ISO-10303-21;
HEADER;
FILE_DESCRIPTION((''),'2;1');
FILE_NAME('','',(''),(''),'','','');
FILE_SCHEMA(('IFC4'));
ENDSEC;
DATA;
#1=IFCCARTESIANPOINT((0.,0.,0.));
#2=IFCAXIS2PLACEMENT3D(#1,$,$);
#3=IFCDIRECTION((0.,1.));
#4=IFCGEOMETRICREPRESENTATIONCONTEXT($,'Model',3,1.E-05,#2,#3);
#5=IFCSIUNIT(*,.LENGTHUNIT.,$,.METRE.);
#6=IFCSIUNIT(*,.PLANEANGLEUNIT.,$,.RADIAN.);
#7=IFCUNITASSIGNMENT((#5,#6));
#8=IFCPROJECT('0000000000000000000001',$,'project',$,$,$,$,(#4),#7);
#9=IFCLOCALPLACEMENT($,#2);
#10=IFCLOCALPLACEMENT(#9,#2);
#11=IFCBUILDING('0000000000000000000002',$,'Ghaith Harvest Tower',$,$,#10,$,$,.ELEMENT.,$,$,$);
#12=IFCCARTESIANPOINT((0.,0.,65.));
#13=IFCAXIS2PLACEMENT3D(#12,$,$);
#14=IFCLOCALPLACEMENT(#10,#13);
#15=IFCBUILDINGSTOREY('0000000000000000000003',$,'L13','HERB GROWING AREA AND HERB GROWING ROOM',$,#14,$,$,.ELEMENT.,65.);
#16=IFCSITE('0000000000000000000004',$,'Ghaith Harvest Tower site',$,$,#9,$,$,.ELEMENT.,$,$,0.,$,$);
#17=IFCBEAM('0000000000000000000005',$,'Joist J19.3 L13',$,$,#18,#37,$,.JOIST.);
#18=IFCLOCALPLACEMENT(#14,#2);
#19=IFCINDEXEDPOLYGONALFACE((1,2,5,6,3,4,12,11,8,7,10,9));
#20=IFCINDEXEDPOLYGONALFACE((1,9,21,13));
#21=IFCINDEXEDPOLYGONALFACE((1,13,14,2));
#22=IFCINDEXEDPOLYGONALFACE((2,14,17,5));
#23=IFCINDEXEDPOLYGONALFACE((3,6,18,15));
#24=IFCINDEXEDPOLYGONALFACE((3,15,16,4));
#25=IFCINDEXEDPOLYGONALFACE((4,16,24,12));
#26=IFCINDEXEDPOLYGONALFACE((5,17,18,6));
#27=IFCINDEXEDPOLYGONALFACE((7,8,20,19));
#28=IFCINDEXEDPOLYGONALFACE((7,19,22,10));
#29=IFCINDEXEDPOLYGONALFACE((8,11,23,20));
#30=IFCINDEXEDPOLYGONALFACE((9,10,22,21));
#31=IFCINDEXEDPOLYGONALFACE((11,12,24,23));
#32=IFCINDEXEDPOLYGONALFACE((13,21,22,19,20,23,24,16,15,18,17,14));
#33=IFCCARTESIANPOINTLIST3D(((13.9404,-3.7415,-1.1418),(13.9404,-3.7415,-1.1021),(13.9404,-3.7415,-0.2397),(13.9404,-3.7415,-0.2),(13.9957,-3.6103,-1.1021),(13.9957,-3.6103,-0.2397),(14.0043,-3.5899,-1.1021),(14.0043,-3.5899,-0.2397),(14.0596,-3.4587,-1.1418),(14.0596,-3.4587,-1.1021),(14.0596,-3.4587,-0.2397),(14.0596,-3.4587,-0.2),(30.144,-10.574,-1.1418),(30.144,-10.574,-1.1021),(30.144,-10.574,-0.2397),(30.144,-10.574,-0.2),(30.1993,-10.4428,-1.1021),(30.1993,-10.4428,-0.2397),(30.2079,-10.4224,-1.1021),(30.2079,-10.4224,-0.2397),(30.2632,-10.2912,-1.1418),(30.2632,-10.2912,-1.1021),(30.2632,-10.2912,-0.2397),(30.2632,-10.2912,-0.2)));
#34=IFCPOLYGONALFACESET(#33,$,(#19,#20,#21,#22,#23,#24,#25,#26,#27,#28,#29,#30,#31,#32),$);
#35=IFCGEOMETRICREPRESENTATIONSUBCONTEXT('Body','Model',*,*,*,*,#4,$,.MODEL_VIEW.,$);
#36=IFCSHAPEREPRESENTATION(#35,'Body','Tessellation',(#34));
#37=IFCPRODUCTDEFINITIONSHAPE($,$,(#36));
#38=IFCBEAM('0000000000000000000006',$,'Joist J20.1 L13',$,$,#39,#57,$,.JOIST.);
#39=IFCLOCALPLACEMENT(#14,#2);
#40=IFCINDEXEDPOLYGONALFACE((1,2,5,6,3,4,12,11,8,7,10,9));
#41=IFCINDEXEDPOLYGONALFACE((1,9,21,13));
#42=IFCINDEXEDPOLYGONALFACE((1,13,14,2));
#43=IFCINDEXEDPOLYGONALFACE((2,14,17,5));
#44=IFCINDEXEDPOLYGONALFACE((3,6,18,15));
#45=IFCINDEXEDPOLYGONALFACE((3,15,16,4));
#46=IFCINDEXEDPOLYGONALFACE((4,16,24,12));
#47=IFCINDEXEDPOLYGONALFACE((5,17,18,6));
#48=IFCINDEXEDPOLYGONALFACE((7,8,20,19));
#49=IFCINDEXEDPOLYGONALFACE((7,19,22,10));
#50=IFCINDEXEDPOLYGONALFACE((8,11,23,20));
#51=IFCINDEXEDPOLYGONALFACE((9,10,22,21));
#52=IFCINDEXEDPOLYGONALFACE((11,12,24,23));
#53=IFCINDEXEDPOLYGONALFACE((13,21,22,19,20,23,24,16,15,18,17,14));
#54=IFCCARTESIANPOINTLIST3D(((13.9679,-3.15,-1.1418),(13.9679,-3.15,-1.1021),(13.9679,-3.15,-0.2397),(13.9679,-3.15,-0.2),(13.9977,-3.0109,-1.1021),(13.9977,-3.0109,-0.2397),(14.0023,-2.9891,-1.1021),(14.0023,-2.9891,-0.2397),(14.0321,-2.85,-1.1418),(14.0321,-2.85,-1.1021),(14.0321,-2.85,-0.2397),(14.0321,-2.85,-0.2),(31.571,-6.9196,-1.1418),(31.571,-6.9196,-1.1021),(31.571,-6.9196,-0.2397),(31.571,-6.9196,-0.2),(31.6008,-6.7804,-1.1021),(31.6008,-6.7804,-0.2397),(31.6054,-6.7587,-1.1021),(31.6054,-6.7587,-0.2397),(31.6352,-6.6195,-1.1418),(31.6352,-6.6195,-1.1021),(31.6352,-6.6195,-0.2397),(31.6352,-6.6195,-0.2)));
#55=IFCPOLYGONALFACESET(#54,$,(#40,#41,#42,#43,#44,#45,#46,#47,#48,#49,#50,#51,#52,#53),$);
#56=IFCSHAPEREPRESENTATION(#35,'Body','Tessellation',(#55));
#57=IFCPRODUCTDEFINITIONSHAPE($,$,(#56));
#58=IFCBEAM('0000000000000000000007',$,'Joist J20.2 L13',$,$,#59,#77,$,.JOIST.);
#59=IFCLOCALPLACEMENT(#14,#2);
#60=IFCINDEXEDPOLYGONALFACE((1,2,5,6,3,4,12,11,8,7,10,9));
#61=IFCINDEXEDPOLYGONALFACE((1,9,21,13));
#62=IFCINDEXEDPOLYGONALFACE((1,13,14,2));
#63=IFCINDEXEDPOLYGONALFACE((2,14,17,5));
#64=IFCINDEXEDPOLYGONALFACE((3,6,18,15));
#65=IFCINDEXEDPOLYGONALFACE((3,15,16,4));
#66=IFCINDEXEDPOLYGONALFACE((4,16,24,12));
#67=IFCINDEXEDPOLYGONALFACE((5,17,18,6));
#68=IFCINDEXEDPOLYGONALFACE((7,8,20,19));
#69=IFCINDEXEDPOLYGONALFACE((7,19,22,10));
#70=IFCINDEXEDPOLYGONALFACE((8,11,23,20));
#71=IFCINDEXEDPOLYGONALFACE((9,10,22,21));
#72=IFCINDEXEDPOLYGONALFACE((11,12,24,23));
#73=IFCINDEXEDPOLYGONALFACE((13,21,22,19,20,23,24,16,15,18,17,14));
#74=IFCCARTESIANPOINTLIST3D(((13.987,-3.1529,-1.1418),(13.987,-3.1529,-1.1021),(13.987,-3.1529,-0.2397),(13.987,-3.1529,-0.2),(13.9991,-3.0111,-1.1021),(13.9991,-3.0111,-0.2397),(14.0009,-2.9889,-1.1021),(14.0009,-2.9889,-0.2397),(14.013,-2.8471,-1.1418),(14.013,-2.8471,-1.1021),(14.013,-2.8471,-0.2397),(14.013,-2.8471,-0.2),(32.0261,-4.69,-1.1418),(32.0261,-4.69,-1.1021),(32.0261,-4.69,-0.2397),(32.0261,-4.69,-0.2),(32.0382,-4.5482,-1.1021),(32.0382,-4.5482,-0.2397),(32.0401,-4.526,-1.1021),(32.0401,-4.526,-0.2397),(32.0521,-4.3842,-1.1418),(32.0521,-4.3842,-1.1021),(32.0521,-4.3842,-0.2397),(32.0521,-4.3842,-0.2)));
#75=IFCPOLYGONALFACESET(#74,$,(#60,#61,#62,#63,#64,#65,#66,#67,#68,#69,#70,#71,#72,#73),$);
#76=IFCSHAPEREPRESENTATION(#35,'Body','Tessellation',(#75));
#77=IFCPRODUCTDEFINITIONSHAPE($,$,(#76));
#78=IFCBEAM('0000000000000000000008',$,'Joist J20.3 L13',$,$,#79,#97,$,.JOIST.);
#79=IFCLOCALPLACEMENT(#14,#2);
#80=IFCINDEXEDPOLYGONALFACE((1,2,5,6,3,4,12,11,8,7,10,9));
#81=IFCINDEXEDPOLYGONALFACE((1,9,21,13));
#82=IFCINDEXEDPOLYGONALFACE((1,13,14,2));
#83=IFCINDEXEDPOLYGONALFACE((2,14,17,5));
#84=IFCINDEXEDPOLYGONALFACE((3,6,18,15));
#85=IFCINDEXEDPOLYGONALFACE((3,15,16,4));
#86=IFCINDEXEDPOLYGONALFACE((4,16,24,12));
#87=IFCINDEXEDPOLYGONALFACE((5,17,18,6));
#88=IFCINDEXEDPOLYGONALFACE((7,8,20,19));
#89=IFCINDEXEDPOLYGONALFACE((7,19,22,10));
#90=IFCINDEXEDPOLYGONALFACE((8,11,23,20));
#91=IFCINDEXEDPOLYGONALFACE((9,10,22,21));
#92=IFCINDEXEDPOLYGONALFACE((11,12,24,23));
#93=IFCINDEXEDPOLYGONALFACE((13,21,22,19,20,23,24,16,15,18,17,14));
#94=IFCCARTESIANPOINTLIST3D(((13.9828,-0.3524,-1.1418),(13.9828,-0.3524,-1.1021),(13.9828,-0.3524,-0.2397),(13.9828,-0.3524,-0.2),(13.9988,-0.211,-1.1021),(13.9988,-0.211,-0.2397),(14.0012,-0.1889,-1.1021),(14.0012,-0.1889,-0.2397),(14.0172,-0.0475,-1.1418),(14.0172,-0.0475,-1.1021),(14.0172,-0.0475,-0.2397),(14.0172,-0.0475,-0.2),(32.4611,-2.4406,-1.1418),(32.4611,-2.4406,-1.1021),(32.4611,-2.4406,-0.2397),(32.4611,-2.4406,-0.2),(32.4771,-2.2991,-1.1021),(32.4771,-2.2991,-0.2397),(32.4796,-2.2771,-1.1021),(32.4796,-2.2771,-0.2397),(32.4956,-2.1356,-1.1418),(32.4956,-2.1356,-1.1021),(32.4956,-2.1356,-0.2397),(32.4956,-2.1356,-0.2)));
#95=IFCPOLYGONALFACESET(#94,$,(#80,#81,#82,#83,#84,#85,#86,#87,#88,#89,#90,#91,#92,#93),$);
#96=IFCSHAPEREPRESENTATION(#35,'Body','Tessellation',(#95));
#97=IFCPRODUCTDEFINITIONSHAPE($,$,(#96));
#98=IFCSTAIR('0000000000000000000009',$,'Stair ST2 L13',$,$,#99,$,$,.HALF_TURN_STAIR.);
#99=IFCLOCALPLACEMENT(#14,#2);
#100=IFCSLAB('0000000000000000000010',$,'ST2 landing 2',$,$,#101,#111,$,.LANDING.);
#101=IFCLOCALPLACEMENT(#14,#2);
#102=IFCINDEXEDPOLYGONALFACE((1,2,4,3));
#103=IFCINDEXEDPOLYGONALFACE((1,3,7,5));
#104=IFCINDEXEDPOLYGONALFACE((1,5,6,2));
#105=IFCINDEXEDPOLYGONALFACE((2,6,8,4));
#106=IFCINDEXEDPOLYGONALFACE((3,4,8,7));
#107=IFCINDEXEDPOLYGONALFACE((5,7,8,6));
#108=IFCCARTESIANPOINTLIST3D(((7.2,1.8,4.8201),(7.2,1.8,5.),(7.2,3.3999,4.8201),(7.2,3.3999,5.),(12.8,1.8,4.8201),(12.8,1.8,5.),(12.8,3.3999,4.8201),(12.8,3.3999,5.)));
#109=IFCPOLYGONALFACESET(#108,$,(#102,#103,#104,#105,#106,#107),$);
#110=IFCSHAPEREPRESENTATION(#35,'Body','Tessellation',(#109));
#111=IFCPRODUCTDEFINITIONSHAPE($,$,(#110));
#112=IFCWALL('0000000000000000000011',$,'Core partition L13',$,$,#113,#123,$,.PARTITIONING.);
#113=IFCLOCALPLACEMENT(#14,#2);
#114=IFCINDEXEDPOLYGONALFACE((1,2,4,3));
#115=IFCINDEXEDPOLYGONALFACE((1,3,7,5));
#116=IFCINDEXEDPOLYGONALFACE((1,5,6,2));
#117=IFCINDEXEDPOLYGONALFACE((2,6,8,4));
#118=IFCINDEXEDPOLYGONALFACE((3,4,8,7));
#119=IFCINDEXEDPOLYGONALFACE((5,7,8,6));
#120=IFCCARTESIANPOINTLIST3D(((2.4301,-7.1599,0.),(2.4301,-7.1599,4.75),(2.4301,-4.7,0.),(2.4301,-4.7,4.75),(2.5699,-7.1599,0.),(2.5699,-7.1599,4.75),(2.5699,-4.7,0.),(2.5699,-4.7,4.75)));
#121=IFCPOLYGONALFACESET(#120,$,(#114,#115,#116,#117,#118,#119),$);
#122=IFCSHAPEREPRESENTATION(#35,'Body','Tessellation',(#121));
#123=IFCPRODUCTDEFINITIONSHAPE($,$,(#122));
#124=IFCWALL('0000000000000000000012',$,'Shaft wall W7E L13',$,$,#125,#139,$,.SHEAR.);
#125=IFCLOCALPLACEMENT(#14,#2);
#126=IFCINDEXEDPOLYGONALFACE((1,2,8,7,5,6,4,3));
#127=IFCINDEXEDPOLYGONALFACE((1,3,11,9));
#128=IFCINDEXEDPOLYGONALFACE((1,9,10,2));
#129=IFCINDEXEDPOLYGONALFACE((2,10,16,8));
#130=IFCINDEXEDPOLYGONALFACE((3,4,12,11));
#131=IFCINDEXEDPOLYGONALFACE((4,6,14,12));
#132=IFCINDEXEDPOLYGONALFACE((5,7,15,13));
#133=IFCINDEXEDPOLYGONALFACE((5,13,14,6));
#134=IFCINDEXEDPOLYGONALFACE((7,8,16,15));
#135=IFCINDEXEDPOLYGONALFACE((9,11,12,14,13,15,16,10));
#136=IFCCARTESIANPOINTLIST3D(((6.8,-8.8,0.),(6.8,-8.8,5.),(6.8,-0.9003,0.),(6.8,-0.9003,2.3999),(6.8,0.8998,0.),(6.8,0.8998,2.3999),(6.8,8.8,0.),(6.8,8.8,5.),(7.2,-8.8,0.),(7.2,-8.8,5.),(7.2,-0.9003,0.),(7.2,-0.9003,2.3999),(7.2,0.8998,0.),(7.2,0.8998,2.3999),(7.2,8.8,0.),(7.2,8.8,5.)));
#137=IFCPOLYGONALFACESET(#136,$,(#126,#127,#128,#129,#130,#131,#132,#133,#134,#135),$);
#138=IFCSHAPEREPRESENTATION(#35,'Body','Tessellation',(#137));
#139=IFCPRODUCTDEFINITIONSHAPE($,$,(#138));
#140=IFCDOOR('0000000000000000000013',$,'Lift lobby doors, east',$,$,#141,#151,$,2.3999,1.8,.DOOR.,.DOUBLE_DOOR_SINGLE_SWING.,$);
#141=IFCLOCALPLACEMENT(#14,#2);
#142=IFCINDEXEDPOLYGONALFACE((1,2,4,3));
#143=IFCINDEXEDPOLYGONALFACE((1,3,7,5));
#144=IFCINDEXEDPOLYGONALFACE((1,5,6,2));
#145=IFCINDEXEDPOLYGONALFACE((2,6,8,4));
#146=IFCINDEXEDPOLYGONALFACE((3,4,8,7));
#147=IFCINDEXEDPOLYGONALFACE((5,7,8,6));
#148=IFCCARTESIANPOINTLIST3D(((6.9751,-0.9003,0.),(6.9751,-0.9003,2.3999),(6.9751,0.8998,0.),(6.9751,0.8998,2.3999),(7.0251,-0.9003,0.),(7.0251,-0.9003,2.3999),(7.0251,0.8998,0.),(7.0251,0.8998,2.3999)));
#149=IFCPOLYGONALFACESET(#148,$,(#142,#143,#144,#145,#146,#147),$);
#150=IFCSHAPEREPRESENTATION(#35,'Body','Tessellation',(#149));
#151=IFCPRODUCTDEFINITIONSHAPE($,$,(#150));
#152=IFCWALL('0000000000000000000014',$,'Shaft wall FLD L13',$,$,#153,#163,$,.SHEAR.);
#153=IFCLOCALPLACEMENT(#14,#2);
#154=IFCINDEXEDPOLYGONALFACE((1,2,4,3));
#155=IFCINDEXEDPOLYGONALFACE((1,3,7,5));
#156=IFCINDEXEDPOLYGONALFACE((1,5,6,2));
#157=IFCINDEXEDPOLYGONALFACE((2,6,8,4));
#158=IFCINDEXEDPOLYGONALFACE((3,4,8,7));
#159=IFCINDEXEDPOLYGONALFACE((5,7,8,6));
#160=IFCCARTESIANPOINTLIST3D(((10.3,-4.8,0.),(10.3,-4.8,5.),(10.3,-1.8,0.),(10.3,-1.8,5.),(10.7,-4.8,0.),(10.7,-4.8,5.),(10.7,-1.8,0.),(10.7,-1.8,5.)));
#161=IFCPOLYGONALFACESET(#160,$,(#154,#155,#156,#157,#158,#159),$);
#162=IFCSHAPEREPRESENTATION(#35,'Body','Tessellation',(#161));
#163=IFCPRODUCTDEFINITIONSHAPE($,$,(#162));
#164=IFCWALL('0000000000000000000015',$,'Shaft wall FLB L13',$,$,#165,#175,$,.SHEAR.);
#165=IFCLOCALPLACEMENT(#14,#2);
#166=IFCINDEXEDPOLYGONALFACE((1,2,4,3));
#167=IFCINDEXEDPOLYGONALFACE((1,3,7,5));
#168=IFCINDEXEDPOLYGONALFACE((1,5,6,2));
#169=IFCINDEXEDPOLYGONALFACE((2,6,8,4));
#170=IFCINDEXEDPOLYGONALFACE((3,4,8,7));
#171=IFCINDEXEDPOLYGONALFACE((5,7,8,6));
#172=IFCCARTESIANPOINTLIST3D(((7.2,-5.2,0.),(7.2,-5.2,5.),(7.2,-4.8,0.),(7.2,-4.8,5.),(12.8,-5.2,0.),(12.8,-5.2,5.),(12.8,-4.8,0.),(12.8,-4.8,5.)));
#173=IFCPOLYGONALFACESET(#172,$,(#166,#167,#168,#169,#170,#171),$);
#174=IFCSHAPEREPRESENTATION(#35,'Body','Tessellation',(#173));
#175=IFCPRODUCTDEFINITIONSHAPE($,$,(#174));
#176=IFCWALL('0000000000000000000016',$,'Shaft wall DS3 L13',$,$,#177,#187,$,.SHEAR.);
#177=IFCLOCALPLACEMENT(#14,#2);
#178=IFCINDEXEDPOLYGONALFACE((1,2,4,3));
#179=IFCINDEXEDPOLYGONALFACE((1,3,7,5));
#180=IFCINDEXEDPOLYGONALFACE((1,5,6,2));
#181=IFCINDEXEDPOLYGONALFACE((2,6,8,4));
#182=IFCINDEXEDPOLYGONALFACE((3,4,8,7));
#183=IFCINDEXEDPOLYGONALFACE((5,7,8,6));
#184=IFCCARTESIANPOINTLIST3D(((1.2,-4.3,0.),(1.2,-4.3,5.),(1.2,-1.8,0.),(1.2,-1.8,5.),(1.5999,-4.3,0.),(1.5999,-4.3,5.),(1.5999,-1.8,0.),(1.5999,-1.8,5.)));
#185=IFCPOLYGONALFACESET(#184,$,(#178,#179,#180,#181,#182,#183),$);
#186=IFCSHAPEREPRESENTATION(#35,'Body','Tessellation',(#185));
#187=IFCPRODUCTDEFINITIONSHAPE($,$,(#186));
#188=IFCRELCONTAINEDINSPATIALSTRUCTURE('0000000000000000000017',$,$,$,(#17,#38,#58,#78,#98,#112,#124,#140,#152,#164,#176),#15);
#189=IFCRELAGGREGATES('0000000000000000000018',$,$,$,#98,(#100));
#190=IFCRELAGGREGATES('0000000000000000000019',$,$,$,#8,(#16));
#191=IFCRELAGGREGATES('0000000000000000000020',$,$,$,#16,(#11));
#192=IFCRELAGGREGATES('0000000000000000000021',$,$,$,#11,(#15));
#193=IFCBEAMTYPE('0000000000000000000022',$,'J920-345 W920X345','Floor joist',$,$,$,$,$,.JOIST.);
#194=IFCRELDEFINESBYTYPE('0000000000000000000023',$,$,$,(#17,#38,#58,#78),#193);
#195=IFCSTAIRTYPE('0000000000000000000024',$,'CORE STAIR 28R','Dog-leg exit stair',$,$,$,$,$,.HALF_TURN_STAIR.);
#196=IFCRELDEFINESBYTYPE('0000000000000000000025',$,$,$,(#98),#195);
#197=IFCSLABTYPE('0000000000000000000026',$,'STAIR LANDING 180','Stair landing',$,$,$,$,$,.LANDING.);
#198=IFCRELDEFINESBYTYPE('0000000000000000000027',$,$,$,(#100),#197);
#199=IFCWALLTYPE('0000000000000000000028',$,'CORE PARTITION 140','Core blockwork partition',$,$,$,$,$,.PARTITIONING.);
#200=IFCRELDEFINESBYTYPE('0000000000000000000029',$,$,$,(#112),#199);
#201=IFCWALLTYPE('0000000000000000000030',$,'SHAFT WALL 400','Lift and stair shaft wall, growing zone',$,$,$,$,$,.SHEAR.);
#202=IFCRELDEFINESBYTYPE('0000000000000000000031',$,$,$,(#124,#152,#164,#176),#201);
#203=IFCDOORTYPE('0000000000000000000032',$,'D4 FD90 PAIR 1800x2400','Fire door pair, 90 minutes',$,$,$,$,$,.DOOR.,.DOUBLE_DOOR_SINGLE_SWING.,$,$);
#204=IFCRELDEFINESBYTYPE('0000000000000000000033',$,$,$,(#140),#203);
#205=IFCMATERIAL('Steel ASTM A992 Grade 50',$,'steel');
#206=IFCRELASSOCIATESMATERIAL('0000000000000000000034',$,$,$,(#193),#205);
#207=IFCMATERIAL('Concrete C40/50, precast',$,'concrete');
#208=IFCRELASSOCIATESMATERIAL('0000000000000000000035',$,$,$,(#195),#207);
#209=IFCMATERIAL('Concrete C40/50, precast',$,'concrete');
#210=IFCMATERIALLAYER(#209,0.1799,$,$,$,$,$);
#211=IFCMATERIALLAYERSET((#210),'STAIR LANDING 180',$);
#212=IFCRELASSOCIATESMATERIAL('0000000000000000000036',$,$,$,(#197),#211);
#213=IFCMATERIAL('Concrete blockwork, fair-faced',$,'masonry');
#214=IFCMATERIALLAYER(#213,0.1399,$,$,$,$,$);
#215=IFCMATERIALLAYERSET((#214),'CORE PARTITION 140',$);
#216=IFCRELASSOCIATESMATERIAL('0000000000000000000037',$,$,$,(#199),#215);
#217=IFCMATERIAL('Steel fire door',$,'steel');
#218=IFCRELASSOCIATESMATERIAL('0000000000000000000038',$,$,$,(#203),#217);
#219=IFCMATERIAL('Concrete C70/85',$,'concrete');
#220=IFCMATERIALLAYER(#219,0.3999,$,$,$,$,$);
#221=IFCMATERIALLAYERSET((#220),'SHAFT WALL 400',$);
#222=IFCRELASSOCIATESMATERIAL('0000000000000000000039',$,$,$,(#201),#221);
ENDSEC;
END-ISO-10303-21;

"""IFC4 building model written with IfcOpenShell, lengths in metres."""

from ifc_helpers import new_model, si_unit, direction, frame, frame_2d, origin, origin_2d, place, context, subcontext, project, spatial, polyline, rectangle, i_section, outline, extrude, material, layer, layer_set, material_profile, profile_set, type_object, element, fill, aggregate, save


model = new_model("IFC4")

# Units and contexts
model_context = context("Model", 3, precision=1e-05, world=origin(), true_north=direction((0.0, 1.0)))
body_context = subcontext(model_context, "Body", "Model", "MODEL_VIEW")
ifc_project = project(units=[si_unit("LENGTHUNIT", "METRE"), si_unit("PLANEANGLEUNIT", "RADIAN")], contexts=[model_context])

# Site, building, storey
site_placement = place(None, origin())
site = spatial("IfcSite", under=ifc_project, at=site_placement, Name="Ghaith Harvest Tower site", CompositionType="ELEMENT", RefElevation=0.0)
building_placement = place(site_placement, origin())
building = spatial("IfcBuilding", under=site, at=building_placement, Name="Ghaith Harvest Tower", CompositionType="ELEMENT")
storey_placement = place(building_placement, frame((0.0, 0.0, 65.0)))
storey = spatial("IfcBuildingStorey", under=building, at=storey_placement, Name="L13", Description="HERB GROWING AREA AND HERB GROWING ROOM", CompositionType="ELEMENT", Elevation=65.0)

# Beams
ifc_material_1 = material(Name="Steel ASTM A992 Grade 50", Category="steel")
ifc_material_profile_1 = material_profile(ifc_material_1, i_section(OverallWidth=0.3069, OverallDepth=0.9419, WebThickness=0.0222, FlangeThickness=0.0398, at=origin_2d()), Name="W920X345")
ifc_profile_set_1 = profile_set([ifc_material_profile_1], Name="Steel ASTM A992 Grade 50")
beam_type_1 = type_object("IfcBeamType", Name="J920-345 W920X345", Description="Floor joist", PredefinedType="JOIST", material=ifc_profile_set_1)
beam_1_placement = place(storey_placement, frame((14.0, -3.6001, -0.6709), z_axis=(0.921433, -0.388537, 0.0), x_axis=(0.388537, 0.921433, 0.0)))
element("IfcBeam", 1, at=beam_1_placement, inside=storey, type_object=beam_type_1, Name="Joist J19.3 L13", PredefinedType="JOIST", context=body_context, shape_type="SweptSolid", body=[
    extrude(i_section(OverallWidth=0.3069, OverallDepth=0.9419, WebThickness=0.0222, FlangeThickness=0.0398, at=origin_2d()), origin(), (0.0, 0.0, 1.0), 17.5852),
])
beam_2_placement = place(storey_placement, frame((14.0, -3.0, -0.6709), z_axis=(0.977831, -0.209394, 0.0), x_axis=(0.209394, 0.977831, 0.0)))
element("IfcBeam", 2, at=beam_2_placement, inside=storey, type_object=beam_type_1, Name="Joist J20.1 L13", PredefinedType="JOIST", context=body_context, shape_type="SweptSolid", body=[
    extrude(i_section(OverallWidth=0.3069, OverallDepth=0.9419, WebThickness=0.0222, FlangeThickness=0.0398, at=origin_2d()), origin(), (0.0, 0.0, 1.0), 18.0022),
])
beam_3_placement = place(storey_placement, frame((14.0, -3.0, -0.6709), z_axis=(0.996389, -0.084902, 0.0), x_axis=(0.084902, 0.996389, 0.0)))
element("IfcBeam", 3, at=beam_3_placement, inside=storey, type_object=beam_type_1, Name="Joist J20.2 L13", PredefinedType="JOIST", context=body_context, shape_type="SweptSolid", body=[
    extrude(i_section(OverallWidth=0.3069, OverallDepth=0.9419, WebThickness=0.0222, FlangeThickness=0.0398, at=origin_2d()), origin(), (0.0, 0.0, 1.0), 18.1045),
])
beam_4_placement = place(storey_placement, frame((14.0, -0.2, -0.6709), z_axis=(0.993675, -0.11229, 0.0), x_axis=(0.11229, 0.993675, 0.0)))
element("IfcBeam", 4, at=beam_4_placement, inside=storey, type_object=beam_type_1, Name="Joist J20.3 L13", PredefinedType="JOIST", context=body_context, shape_type="SweptSolid", body=[
    extrude(i_section(OverallWidth=0.3069, OverallDepth=0.9419, WebThickness=0.0222, FlangeThickness=0.0398, at=origin_2d()), origin(), (0.0, 0.0, 1.0), 18.5959),
])

# Stair, slab
ifc_material_2 = material(Name="Concrete C40/50, precast", Category="concrete")
stair_type = type_object("IfcStairType", Name="CORE STAIR 28R", Description="Dog-leg exit stair", PredefinedType="HALF_TURN_STAIR", material=ifc_material_2)
stair_placement = place(storey_placement, origin())
stair = element("IfcStair", 5, at=stair_placement, inside=storey, type_object=stair_type, Name="Stair ST2 L13", PredefinedType="HALF_TURN_STAIR")
ifc_material_3 = material(Name="Concrete C40/50, precast", Category="concrete")
ifc_layer_1 = layer(ifc_material_3, 0.1799)
ifc_layer_set_1 = layer_set([ifc_layer_1], Name="STAIR LANDING 180")
slab_type = type_object("IfcSlabType", Name="STAIR LANDING 180", Description="Stair landing", PredefinedType="LANDING", material=ifc_layer_set_1)
slab_placement = place(storey_placement, frame((0.0, 0.0, 4.8201)))
slab = element("IfcSlab", 6, at=slab_placement, type_object=slab_type, Name="ST2 landing 2", PredefinedType="LANDING", context=body_context, shape_type="SweptSolid", body=[
    extrude(outline(polyline([(12.8, 1.8), (12.8, 3.3999), (7.2, 3.3999), (7.2, 1.8), (12.8, 1.8)])), origin(), (0.0, 0.0, 1.0), 0.1799),
])
aggregate(stair, [slab])

# Wall
ifc_material_4 = material(Name="Concrete blockwork, fair-faced", Category="masonry")
ifc_layer_2 = layer(ifc_material_4, 0.1399)
ifc_layer_set_2 = layer_set([ifc_layer_2], Name="CORE PARTITION 140")
wall_type_1 = type_object("IfcWallType", Name="CORE PARTITION 140", Description="Core blockwork partition", PredefinedType="PARTITIONING", material=ifc_layer_set_2)
wall_1_placement = place(storey_placement, frame((2.5, -4.7, 0.0), z_axis=(0.0, 0.0, 1.0), x_axis=(0.0, -1.0, 0.0)))
element("IfcWall", 7, at=wall_1_placement, inside=storey, type_object=wall_type_1, Name="Core partition L13", PredefinedType="PARTITIONING", context=body_context, shape_type="SweptSolid", body=[
    extrude(rectangle(XDim=2.46, YDim=0.1399, at=frame_2d((1.23, 0.0))), origin(), (0.0, 0.0, 1.0), 4.75),
])

# Wall, opening, door
ifc_material_5 = material(Name="Steel fire door", Category="steel")
door_type_1 = type_object("IfcDoorType", Name="D4 FD90 PAIR 1800x2400", Description="Fire door pair, 90 minutes", OperationType="DOUBLE_DOOR_SINGLE_SWING", PredefinedType="DOOR", material=ifc_material_5)
ifc_material_6 = material(Name="Concrete C70/85", Category="concrete")
ifc_layer_3 = layer(ifc_material_6, 0.3999)
ifc_layer_set_3 = layer_set([ifc_layer_3], Name="SHAFT WALL 400")
wall_type_2 = type_object("IfcWallType", Name="SHAFT WALL 400", Description="Lift and stair shaft wall, growing zone", PredefinedType="SHEAR", material=ifc_layer_set_3)
wall_2_placement = place(storey_placement, frame((7.0, -8.8, 0.0), z_axis=(0.0, 0.0, 1.0), x_axis=(0.0, 1.0, 0.0)))
wall_2 = element("IfcWall", 8, at=wall_2_placement, inside=storey, type_object=wall_type_2, Name="Shaft wall W7E L13", PredefinedType="SHEAR", context=body_context, shape_type="SweptSolid", body=[
    extrude(rectangle(XDim=17.6001, YDim=0.3999, at=frame_2d((8.8, 0.0))), origin(), (0.0, 0.0, 1.0), 5.0),
])
opening_1_placement = place(wall_2_placement, frame((7.8999, 0.0, 0.0)))
opening_1 = element("IfcOpeningElement", 9, at=opening_1_placement, cuts=wall_2, PredefinedType="OPENING", context=body_context, shape_type="SweptSolid", body=[
    extrude(rectangle(XDim=1.8, YDim=2.3999, at=frame_2d((0.8999, 1.2))), frame((0.0, 0.21, 0.0), z_axis=(0.0, -1.0, 0.0), x_axis=(1.0, 0.0, 0.0)), (0.0, 0.0, 1.0), 0.4199),
])
door_1_placement = place(opening_1_placement, origin())
door_1 = element("IfcDoor", 10, at=door_1_placement, inside=storey, type_object=door_type_1, Name="Lift lobby doors, east", OperationType="DOUBLE_DOOR_SINGLE_SWING", OverallHeight=2.3999, OverallWidth=1.8, PredefinedType="DOOR", context=body_context, shape_type="SweptSolid", body=[
    extrude(rectangle(XDim=1.8, YDim=2.3999, at=frame_2d((0.8999, 1.2))), frame((0.0, 0.0249, 0.0), z_axis=(0.0, -1.0, 0.0), x_axis=(1.0, 0.0, 0.0)), (0.0, 0.0, 1.0), 0.05),
])
fill(opening_1, door_1)

# Walls
wall_3_placement = place(storey_placement, frame((10.5, -4.8, 0.0), z_axis=(0.0, 0.0, 1.0), x_axis=(0.0, 1.0, 0.0)))
element("IfcWall", 11, at=wall_3_placement, inside=storey, type_object=wall_type_2, Name="Shaft wall FLD L13", PredefinedType="SHEAR", context=body_context, shape_type="SweptSolid", body=[
    extrude(rectangle(XDim=3.0, YDim=0.3999, at=frame_2d((1.5, 0.0))), origin(), (0.0, 0.0, 1.0), 5.0),
])
wall_4_placement = place(storey_placement, frame((7.2, -5.0, 0.0), z_axis=(0.0, 0.0, 1.0), x_axis=(1.0, 0.0, 0.0)))
element("IfcWall", 12, at=wall_4_placement, inside=storey, type_object=wall_type_2, Name="Shaft wall FLB L13", PredefinedType="SHEAR", context=body_context, shape_type="SweptSolid", body=[
    extrude(rectangle(XDim=5.6001, YDim=0.3999, at=frame_2d((2.8, 0.0))), origin(), (0.0, 0.0, 1.0), 5.0),
])
for number, where, z_axis, x_axis, name in (
    (13, (1.3999, -4.3, 0.0), (0.0, 0.0, 1.0), (0.0, 1.0, 0.0), "Shaft wall DS3 L13"),
):
    element("IfcWall", number, at=place(storey_placement, frame(where, z_axis=z_axis, x_axis=x_axis)), inside=storey, type_object=wall_type_2, Name=name, PredefinedType="SHEAR", context=body_context, shape_type="SweptSolid", body=[
        extrude(rectangle(XDim=2.5, YDim=0.3999, at=frame_2d((1.25, 0.0))), origin(), (0.0, 0.0, 1.0), 5.0),
    ])

save(model, "model.ifc")
